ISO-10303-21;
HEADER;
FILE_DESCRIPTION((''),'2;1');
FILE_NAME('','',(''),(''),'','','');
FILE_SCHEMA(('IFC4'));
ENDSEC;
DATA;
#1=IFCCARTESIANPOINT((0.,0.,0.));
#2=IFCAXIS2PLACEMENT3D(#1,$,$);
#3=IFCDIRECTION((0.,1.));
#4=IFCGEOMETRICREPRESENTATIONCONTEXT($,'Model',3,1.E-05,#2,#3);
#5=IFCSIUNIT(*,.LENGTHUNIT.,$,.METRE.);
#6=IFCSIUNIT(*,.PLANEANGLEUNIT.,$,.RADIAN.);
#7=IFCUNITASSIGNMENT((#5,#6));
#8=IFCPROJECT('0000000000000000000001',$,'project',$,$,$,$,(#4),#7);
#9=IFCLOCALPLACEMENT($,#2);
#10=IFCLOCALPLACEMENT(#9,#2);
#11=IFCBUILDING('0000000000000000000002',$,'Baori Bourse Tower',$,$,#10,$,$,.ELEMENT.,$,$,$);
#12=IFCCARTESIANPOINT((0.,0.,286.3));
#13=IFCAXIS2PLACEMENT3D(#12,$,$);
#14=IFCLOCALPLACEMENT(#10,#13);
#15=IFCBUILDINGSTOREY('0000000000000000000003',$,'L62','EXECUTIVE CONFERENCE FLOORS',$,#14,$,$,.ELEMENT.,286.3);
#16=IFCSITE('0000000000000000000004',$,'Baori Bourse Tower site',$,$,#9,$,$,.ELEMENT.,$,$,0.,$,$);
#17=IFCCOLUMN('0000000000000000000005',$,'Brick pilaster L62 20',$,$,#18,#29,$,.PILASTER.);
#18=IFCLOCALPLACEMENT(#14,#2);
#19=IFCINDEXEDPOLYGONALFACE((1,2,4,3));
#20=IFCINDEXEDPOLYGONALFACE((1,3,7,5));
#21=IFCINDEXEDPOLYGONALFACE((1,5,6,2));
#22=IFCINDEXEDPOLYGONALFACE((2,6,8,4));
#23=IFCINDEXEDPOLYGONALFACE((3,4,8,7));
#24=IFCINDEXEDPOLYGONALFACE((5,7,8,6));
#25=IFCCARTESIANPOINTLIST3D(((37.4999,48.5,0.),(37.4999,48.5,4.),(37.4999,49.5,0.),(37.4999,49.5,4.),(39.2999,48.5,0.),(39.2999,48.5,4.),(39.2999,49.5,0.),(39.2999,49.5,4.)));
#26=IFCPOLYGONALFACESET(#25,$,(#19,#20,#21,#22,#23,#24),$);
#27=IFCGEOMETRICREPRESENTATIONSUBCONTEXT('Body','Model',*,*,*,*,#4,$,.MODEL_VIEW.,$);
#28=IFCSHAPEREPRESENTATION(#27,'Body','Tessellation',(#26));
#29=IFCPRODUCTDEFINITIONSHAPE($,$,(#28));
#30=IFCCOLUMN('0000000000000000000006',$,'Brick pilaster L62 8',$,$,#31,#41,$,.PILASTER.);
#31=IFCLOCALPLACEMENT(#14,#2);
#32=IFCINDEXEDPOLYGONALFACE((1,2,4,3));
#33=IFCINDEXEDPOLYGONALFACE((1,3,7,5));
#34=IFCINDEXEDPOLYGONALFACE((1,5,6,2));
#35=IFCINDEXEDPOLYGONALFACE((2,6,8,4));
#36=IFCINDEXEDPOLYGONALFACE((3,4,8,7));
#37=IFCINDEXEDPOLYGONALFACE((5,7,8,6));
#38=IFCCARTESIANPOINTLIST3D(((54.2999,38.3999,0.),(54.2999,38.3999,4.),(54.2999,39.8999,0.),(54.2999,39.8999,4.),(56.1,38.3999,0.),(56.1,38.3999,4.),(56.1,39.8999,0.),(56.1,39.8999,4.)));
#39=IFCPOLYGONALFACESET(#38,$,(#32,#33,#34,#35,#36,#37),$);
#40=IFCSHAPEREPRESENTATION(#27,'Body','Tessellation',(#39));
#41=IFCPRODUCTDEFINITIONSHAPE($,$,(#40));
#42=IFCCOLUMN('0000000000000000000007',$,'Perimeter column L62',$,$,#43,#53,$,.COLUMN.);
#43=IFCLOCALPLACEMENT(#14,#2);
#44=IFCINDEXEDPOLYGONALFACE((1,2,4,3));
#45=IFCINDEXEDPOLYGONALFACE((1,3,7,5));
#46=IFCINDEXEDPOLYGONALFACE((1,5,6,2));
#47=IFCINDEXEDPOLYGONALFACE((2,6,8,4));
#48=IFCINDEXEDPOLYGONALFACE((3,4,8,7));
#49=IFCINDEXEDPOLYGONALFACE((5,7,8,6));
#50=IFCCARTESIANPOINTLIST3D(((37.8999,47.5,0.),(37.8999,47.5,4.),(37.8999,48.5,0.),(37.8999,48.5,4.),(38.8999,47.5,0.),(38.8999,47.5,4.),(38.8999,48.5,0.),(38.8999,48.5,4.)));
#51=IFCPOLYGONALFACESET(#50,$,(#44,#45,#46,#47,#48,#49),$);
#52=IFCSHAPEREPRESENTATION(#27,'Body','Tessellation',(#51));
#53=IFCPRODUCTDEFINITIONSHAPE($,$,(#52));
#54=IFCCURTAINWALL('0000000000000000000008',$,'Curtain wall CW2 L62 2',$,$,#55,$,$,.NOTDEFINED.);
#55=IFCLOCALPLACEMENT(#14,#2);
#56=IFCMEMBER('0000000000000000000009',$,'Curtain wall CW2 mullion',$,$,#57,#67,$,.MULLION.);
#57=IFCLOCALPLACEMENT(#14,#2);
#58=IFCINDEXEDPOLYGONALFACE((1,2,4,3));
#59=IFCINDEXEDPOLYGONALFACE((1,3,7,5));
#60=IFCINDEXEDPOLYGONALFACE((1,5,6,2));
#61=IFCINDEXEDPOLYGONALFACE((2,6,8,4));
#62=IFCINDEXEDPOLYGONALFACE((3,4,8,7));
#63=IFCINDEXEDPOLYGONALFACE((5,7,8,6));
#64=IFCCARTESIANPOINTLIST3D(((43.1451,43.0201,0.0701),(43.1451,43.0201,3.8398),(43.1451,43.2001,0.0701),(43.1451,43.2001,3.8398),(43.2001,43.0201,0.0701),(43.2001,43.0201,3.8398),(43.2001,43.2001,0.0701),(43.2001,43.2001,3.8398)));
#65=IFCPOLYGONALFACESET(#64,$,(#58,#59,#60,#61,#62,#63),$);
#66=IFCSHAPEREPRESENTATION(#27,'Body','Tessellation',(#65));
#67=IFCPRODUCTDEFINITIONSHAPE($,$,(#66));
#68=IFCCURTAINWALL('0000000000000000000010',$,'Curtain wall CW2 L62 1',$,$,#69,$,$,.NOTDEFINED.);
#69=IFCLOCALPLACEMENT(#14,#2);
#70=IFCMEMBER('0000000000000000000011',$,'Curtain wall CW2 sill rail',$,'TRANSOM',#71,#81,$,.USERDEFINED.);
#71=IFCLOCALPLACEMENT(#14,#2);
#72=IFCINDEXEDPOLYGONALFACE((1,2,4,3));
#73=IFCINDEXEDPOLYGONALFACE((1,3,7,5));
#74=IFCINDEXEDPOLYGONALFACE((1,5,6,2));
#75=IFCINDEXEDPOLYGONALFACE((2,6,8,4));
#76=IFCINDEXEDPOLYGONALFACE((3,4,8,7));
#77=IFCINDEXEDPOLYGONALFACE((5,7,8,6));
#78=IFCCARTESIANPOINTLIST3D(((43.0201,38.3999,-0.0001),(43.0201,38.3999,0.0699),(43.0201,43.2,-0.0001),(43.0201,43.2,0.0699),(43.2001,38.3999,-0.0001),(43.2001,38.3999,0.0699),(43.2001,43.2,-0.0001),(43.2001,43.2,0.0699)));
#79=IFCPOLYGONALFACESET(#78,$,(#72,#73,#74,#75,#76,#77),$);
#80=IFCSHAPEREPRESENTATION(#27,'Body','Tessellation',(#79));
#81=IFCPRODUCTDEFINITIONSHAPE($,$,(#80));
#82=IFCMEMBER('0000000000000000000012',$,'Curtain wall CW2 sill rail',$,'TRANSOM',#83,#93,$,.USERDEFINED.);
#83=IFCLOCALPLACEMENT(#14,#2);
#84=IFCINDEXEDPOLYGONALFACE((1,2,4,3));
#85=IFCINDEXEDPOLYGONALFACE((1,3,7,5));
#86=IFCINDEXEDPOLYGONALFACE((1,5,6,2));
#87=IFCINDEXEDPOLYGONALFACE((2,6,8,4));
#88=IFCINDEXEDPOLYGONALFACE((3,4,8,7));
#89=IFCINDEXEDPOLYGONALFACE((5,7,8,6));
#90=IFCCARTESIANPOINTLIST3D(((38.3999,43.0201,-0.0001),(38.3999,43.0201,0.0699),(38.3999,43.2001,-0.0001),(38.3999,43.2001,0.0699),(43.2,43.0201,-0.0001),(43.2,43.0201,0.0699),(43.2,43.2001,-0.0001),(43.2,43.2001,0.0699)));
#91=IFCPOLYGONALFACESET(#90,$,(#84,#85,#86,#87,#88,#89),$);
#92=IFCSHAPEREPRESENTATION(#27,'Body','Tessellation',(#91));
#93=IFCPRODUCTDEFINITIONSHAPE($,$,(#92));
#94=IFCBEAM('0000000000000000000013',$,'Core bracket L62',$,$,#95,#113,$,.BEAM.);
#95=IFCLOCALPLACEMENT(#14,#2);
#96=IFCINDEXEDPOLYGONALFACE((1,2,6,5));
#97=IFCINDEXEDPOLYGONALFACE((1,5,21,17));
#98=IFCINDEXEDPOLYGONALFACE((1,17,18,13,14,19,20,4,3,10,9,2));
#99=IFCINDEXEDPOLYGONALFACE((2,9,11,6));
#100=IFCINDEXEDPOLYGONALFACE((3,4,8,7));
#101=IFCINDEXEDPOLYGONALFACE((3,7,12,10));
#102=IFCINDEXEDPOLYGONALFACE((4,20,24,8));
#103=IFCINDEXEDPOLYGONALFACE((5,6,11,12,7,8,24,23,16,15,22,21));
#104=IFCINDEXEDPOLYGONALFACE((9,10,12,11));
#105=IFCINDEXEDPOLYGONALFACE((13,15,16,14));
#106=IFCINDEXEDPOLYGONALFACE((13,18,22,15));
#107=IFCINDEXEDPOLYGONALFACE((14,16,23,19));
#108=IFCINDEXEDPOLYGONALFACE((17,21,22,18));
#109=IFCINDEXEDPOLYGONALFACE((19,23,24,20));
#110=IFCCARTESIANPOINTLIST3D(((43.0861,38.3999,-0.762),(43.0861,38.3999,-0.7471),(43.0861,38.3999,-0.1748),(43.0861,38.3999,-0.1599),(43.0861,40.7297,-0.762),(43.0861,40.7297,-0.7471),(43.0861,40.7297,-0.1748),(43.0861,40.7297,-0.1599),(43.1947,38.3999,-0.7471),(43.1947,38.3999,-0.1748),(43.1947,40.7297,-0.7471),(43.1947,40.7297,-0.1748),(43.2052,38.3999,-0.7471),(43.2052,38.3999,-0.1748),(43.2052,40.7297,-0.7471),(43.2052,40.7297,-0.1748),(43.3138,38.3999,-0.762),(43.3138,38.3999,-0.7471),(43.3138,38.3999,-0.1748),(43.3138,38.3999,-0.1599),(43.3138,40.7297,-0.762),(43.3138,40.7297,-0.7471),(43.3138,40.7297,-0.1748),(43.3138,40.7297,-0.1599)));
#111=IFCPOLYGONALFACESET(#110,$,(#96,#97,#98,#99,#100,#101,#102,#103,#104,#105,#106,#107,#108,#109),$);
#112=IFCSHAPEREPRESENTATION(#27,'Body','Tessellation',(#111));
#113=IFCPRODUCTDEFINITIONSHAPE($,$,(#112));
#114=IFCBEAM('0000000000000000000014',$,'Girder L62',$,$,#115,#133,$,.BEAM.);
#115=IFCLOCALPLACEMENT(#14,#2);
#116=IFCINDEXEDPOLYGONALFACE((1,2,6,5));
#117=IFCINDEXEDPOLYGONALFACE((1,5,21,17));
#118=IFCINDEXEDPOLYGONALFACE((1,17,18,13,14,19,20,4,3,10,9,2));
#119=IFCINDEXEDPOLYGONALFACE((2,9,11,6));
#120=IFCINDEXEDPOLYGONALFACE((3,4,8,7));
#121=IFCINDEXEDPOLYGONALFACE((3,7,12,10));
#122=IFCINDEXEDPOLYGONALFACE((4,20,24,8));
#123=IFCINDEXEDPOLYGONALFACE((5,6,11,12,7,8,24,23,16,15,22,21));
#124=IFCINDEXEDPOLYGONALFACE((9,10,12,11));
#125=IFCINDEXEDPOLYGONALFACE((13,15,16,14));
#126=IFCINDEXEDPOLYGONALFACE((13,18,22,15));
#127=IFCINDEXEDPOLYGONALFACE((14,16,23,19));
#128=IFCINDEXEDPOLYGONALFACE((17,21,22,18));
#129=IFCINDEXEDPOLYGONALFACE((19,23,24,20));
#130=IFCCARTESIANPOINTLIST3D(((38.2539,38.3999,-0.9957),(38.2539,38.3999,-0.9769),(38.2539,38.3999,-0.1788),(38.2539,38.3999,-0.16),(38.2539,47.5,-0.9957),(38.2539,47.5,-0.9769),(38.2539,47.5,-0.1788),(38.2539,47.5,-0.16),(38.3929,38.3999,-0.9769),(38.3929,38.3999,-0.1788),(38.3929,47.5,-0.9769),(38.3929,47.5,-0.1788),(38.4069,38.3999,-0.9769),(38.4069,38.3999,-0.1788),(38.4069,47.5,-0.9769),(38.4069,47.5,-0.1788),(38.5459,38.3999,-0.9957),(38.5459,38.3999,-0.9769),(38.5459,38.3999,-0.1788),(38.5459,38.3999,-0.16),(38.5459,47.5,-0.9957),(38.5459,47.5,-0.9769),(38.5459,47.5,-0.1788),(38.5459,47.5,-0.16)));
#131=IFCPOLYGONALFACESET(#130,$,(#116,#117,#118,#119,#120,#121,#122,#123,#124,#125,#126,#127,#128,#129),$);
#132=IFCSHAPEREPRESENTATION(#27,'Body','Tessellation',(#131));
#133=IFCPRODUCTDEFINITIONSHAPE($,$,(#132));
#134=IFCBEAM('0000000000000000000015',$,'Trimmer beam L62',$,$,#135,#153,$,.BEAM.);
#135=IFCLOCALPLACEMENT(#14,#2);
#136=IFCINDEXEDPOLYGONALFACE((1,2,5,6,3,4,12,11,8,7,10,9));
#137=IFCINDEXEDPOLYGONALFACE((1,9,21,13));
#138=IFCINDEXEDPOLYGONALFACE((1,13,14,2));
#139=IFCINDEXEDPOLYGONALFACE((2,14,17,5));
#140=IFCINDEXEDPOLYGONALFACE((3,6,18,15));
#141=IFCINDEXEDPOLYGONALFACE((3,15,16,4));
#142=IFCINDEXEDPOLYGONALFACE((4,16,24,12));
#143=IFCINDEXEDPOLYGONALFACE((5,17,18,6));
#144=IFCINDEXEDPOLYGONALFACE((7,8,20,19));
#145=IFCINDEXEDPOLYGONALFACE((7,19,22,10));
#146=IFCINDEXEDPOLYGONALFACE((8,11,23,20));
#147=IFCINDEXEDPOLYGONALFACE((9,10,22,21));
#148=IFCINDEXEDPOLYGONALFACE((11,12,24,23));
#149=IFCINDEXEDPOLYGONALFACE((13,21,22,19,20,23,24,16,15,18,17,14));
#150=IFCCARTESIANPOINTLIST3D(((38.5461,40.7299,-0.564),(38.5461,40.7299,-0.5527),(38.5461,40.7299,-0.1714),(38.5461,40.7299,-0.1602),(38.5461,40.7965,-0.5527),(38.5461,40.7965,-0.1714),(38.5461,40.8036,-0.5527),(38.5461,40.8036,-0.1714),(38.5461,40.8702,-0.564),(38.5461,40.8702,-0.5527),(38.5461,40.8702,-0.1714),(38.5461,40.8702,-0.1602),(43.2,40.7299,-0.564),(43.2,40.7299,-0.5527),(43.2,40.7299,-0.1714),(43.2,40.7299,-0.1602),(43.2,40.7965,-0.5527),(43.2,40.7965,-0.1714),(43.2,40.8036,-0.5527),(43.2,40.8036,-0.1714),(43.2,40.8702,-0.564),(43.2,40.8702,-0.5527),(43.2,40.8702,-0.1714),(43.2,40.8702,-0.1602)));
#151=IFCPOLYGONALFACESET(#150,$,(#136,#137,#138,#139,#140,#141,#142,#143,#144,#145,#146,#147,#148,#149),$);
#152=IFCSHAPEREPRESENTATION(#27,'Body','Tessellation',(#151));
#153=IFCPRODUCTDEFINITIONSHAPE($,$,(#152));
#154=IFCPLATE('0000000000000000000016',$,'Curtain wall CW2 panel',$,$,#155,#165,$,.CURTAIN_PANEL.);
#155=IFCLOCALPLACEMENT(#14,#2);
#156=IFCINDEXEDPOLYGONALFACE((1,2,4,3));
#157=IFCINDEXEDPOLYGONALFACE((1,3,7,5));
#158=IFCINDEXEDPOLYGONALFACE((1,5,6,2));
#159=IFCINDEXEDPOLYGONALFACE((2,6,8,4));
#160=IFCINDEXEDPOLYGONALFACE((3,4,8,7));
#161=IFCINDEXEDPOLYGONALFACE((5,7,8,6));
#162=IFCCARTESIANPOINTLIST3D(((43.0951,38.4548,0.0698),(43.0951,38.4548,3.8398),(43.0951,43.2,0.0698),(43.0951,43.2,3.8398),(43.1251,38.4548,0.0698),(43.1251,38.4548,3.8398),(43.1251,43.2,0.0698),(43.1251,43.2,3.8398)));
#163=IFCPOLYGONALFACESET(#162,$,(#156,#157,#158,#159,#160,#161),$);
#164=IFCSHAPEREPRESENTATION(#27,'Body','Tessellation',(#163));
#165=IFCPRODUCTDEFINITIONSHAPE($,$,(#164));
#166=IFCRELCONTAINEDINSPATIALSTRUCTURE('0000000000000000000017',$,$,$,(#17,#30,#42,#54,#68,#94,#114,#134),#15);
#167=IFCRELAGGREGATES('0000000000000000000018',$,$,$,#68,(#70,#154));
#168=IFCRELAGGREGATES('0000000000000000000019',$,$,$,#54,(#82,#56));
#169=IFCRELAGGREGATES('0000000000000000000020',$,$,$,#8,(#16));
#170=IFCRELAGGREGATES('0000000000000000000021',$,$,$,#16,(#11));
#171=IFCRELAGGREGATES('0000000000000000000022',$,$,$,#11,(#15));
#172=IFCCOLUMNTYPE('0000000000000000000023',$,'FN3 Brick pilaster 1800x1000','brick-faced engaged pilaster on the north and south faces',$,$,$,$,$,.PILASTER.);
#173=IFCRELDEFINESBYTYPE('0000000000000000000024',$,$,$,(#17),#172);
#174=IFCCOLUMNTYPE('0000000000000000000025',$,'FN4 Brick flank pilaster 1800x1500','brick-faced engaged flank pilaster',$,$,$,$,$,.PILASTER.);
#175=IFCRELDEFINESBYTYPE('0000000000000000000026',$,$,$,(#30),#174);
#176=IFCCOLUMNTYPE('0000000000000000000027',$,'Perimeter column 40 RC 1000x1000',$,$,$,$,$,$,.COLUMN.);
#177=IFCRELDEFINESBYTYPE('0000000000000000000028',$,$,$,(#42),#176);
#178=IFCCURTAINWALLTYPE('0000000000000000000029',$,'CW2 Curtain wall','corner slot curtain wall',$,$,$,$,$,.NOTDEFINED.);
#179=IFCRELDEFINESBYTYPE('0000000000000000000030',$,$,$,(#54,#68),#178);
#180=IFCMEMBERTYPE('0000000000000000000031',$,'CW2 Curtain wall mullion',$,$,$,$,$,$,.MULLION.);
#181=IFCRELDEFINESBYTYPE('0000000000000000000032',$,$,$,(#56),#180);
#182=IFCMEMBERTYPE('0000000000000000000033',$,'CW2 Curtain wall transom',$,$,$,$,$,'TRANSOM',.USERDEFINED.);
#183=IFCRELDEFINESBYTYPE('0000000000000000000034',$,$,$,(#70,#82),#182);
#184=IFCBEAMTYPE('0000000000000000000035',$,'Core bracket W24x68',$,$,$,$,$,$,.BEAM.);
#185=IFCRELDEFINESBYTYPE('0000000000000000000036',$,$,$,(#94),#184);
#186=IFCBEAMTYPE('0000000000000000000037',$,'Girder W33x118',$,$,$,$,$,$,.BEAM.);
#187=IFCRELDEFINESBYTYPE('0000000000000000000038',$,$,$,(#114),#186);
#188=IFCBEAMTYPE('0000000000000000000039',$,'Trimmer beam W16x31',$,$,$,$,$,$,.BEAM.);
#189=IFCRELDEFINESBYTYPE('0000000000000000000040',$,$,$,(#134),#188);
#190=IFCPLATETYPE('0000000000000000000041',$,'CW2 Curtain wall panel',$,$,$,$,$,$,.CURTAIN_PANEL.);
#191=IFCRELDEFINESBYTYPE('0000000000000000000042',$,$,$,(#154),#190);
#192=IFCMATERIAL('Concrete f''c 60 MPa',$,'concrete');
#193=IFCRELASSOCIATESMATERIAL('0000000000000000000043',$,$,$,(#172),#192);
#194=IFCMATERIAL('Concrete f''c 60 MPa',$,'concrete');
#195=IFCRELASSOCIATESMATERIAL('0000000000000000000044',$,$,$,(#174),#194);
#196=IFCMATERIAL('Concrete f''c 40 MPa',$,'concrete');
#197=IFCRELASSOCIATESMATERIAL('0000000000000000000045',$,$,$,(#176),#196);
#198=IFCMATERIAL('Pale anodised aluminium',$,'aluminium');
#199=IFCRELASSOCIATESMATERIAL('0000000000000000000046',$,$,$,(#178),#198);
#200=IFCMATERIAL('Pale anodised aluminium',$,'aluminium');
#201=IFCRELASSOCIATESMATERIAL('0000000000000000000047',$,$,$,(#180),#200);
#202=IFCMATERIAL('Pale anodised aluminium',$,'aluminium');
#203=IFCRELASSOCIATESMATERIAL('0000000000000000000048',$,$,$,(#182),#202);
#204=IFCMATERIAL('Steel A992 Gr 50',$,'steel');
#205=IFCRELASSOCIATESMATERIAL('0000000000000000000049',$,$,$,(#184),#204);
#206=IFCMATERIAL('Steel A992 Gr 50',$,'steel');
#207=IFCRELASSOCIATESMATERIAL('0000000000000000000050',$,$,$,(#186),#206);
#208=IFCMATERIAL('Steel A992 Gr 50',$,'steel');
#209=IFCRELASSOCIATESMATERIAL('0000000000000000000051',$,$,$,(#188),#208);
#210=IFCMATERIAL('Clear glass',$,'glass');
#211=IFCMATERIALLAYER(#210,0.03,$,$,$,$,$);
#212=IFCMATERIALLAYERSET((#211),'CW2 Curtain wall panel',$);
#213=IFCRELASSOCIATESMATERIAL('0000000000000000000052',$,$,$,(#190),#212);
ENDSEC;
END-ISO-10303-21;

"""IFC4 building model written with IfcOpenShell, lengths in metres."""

from ifc_helpers import new_model, si_unit, direction, frame, origin, origin_2d, place, context, subcontext, project, spatial, rectangle, i_section, extrude, material, layer, layer_set, material_profile, profile_set, type_object, element, aggregate, save


model = new_model("IFC4")

# Units and contexts
model_context = context("Model", 3, precision=1e-05, world=origin(), true_north=direction((0.0, 1.0)))
body_context = subcontext(model_context, "Body", "Model", "MODEL_VIEW")
ifc_project = project(units=[si_unit("LENGTHUNIT", "METRE"), si_unit("PLANEANGLEUNIT", "RADIAN")], contexts=[model_context])

# Site, building, storey
site_placement = place(None, origin())
site = spatial("IfcSite", under=ifc_project, at=site_placement, Name="Baori Bourse Tower site", CompositionType="ELEMENT", RefElevation=0.0)
building_placement = place(site_placement, origin())
building = spatial("IfcBuilding", under=site, at=building_placement, Name="Baori Bourse Tower", CompositionType="ELEMENT")
storey_placement = place(building_placement, frame((0.0, 0.0, 286.3)))
storey = spatial("IfcBuildingStorey", under=building, at=storey_placement, Name="L62", Description="EXECUTIVE CONFERENCE FLOORS", CompositionType="ELEMENT", Elevation=286.3)

# Columns
ifc_material_1 = material(Name="Concrete f'c 60 MPa", Category="concrete")
ifc_material_profile_1 = material_profile(ifc_material_1, rectangle(XDim=1.8, YDim=1.0, at=origin_2d()), Name="RC 1800x1000")
ifc_profile_set_1 = profile_set([ifc_material_profile_1], Name="Concrete f'c 60 MPa")
column_type_1 = type_object("IfcColumnType", Name="FN3 Brick pilaster 1800x1000", Description="brick-faced engaged pilaster on the north and south faces", PredefinedType="PILASTER", material=ifc_profile_set_1)
column_1_placement = place(storey_placement, frame((38.3999, 49.0, 0.0), z_axis=(0.0, 0.0, 1.0), x_axis=(1.0, 0.0, 0.0)))
element("IfcColumn", 1, at=column_1_placement, inside=storey, type_object=column_type_1, Name="Brick pilaster L62 20", PredefinedType="PILASTER", context=body_context, shape_type="SweptSolid", body=[
    extrude(rectangle(XDim=1.8, YDim=1.0, at=origin_2d()), origin(), (0.0, 0.0, 1.0), 4.0),
])
ifc_material_2 = material(Name="Concrete f'c 60 MPa", Category="concrete")
ifc_material_profile_2 = material_profile(ifc_material_2, rectangle(XDim=1.8, YDim=1.5, at=origin_2d()), Name="RC 1800x1500")
ifc_profile_set_2 = profile_set([ifc_material_profile_2], Name="Concrete f'c 60 MPa")
column_type_2 = type_object("IfcColumnType", Name="FN4 Brick flank pilaster 1800x1500", Description="brick-faced engaged flank pilaster", PredefinedType="PILASTER", material=ifc_profile_set_2)
column_2_placement = place(storey_placement, frame((55.2, 39.1499, 0.0), z_axis=(0.0, 0.0, 1.0), x_axis=(1.0, 0.0, 0.0)))
element("IfcColumn", 2, at=column_2_placement, inside=storey, type_object=column_type_2, Name="Brick pilaster L62 8", PredefinedType="PILASTER", context=body_context, shape_type="SweptSolid", body=[
    extrude(rectangle(XDim=1.8, YDim=1.5, at=origin_2d()), origin(), (0.0, 0.0, 1.0), 4.0),
])
ifc_material_3 = material(Name="Concrete f'c 40 MPa", Category="concrete")
ifc_material_profile_3 = material_profile(ifc_material_3, rectangle(XDim=1.0, YDim=1.0, at=origin_2d()), Name="RC 1000x1000")
ifc_profile_set_3 = profile_set([ifc_material_profile_3], Name="Concrete f'c 40 MPa")
column_type_3 = type_object("IfcColumnType", Name="Perimeter column 40 RC 1000x1000", PredefinedType="COLUMN", material=ifc_profile_set_3)
column_3_placement = place(storey_placement, frame((38.3999, 48.0, 0.0), z_axis=(0.0, 0.0, 1.0), x_axis=(1.0, 0.0, 0.0)))
element("IfcColumn", 3, at=column_3_placement, inside=storey, type_object=column_type_3, Name="Perimeter column L62", PredefinedType="COLUMN", context=body_context, shape_type="SweptSolid", body=[
    extrude(rectangle(XDim=1.0, YDim=1.0, at=origin_2d()), origin(), (0.0, 0.0, 1.0), 4.0),
])

# Curtain walls, members
ifc_material_4 = material(Name="Pale anodised aluminium", Category="aluminium")
curtain_wall_type = type_object("IfcCurtainWallType", Name="CW2 Curtain wall", Description="corner slot curtain wall", PredefinedType="NOTDEFINED", material=ifc_material_4)
curtain_wall_1_placement = place(storey_placement, origin())
curtain_wall_1 = element("IfcCurtainWall", 4, at=curtain_wall_1_placement, inside=storey, type_object=curtain_wall_type, Name="Curtain wall CW2 L62 2", PredefinedType="NOTDEFINED")
ifc_material_5 = material(Name="Pale anodised aluminium", Category="aluminium")
ifc_material_profile_4 = material_profile(ifc_material_5, rectangle(XDim=0.1799, YDim=0.0549, at=origin_2d()), Name="Mullion 55x180")
ifc_profile_set_4 = profile_set([ifc_material_profile_4], Name="Pale anodised aluminium")
member_type_1 = type_object("IfcMemberType", Name="CW2 Curtain wall mullion", PredefinedType="MULLION", material=ifc_profile_set_4)
member_1_placement = place(storey_placement, frame((43.1726, 43.1101, 0.0701), z_axis=(0.0, 0.0, 1.0), x_axis=(0.0, -1.0, 0.0)))
member_1 = element("IfcMember", 5, at=member_1_placement, type_object=member_type_1, Name="Curtain wall CW2 mullion", PredefinedType="MULLION", context=body_context, shape_type="SweptSolid", body=[
    extrude(rectangle(XDim=0.1799, YDim=0.0549, at=origin_2d()), origin(), (0.0, 0.0, 1.0), 3.7698),
])
curtain_wall_2_placement = place(storey_placement, origin())
curtain_wall_2 = element("IfcCurtainWall", 6, at=curtain_wall_2_placement, inside=storey, type_object=curtain_wall_type, Name="Curtain wall CW2 L62 1", PredefinedType="NOTDEFINED")
ifc_material_6 = material(Name="Pale anodised aluminium", Category="aluminium")
ifc_material_profile_5 = material_profile(ifc_material_6, rectangle(XDim=0.1799, YDim=0.0701, at=origin_2d()), Name="Transom 70x180")
ifc_profile_set_5 = profile_set([ifc_material_profile_5], Name="Pale anodised aluminium")
member_type_2 = type_object("IfcMemberType", Name="CW2 Curtain wall transom", ElementType="TRANSOM", PredefinedType="USERDEFINED", material=ifc_profile_set_5)
member_2_placement = place(storey_placement, frame((43.1101, 38.3999, 0.0349), z_axis=(0.0, 1.0, 0.0), x_axis=(-1.0, 0.0, 0.0)))
member_2 = element("IfcMember", 7, at=member_2_placement, type_object=member_type_2, Name="Curtain wall CW2 sill rail", ObjectType="TRANSOM", PredefinedType="USERDEFINED", context=body_context, shape_type="SweptSolid", body=[
    extrude(rectangle(XDim=0.1799, YDim=0.0701, at=origin_2d()), origin(), (0.0, 0.0, 1.0), 4.8),
])

# Member
member_3_placement = place(storey_placement, frame((43.2, 43.1101, 0.0349), z_axis=(-1.0, 0.0, 0.0), x_axis=(0.0, -1.0, 0.0)))
member_3 = element("IfcMember", 8, at=member_3_placement, type_object=member_type_2, Name="Curtain wall CW2 sill rail", ObjectType="TRANSOM", PredefinedType="USERDEFINED", context=body_context, shape_type="SweptSolid", body=[
    extrude(rectangle(XDim=0.1799, YDim=0.0701, at=origin_2d()), origin(), (0.0, 0.0, 1.0), 4.8),
])

# Beams
ifc_material_7 = material(Name="Steel A992 Gr 50", Category="steel")
ifc_material_profile_6 = material_profile(ifc_material_7, i_section(OverallWidth=0.2278, OverallDepth=0.6021, WebThickness=0.0105, FlangeThickness=0.0149, at=origin_2d()), Name="W24x68")
ifc_profile_set_6 = profile_set([ifc_material_profile_6], Name="Steel A992 Gr 50")
beam_type_1 = type_object("IfcBeamType", Name="Core bracket W24x68", PredefinedType="BEAM", material=ifc_profile_set_6)
beam_1_placement = place(storey_placement, frame((43.2, 38.3999, -0.4609), z_axis=(0.0, 1.0, 0.0), x_axis=(-1.0, 0.0, 0.0)))
element("IfcBeam", 9, at=beam_1_placement, inside=storey, type_object=beam_type_1, Name="Core bracket L62", PredefinedType="BEAM", context=body_context, shape_type="SweptSolid", body=[
    extrude(i_section(OverallWidth=0.2278, OverallDepth=0.6021, WebThickness=0.0105, FlangeThickness=0.0149, at=origin_2d()), origin(), (0.0, 0.0, 1.0), 2.3298),
])
ifc_material_8 = material(Name="Steel A992 Gr 50", Category="steel")
ifc_material_profile_7 = material_profile(ifc_material_8, i_section(OverallWidth=0.292, OverallDepth=0.8357, WebThickness=0.0139, FlangeThickness=0.0188, at=origin_2d()), Name="W33x118")
ifc_profile_set_7 = profile_set([ifc_material_profile_7], Name="Steel A992 Gr 50")
beam_type_2 = type_object("IfcBeamType", Name="Girder W33x118", PredefinedType="BEAM", material=ifc_profile_set_7)
beam_2_placement = place(storey_placement, frame((38.3999, 38.3999, -0.5779), z_axis=(0.0, 1.0, 0.0), x_axis=(-1.0, 0.0, 0.0)))
element("IfcBeam", 10, at=beam_2_placement, inside=storey, type_object=beam_type_2, Name="Girder L62", PredefinedType="BEAM", context=body_context, shape_type="SweptSolid", body=[
    extrude(i_section(OverallWidth=0.292, OverallDepth=0.8357, WebThickness=0.0139, FlangeThickness=0.0188, at=origin_2d()), origin(), (0.0, 0.0, 1.0), 9.1001),
])
ifc_material_9 = material(Name="Steel A992 Gr 50", Category="steel")
ifc_material_profile_8 = material_profile(ifc_material_9, i_section(OverallWidth=0.1404, OverallDepth=0.4038, WebThickness=0.0071, FlangeThickness=0.0112, at=origin_2d()), Name="W16x31")
ifc_profile_set_8 = profile_set([ifc_material_profile_8], Name="Steel A992 Gr 50")
beam_type_3 = type_object("IfcBeamType", Name="Trimmer beam W16x31", PredefinedType="BEAM", material=ifc_profile_set_8)
beam_3_placement = place(storey_placement, frame((38.5461, 40.8, -0.3621), z_axis=(1.0, 0.0, 0.0), x_axis=(0.0, 1.0, 0.0)))
element("IfcBeam", 11, at=beam_3_placement, inside=storey, type_object=beam_type_3, Name="Trimmer beam L62", PredefinedType="BEAM", context=body_context, shape_type="SweptSolid", body=[
    extrude(i_section(OverallWidth=0.1404, OverallDepth=0.4038, WebThickness=0.0071, FlangeThickness=0.0112, at=origin_2d()), origin(), (0.0, 0.0, 1.0), 4.6538),
])

# Plate
ifc_material_10 = material(Name="Clear glass", Category="glass")
ifc_layer_1 = layer(ifc_material_10, 0.03)
ifc_layer_set_1 = layer_set([ifc_layer_1], Name="CW2 Curtain wall panel")
plate_type = type_object("IfcPlateType", Name="CW2 Curtain wall panel", PredefinedType="CURTAIN_PANEL", material=ifc_layer_set_1)
plate_1_placement = place(storey_placement, frame((43.1101, 40.8274, 0.0698), z_axis=(0.0, 0.0, 1.0), x_axis=(0.0, 1.0, 0.0)))
plate_1 = element("IfcPlate", 12, at=plate_1_placement, type_object=plate_type, Name="Curtain wall CW2 panel", PredefinedType="CURTAIN_PANEL", context=body_context, shape_type="SweptSolid", body=[
    extrude(rectangle(XDim=4.7451, YDim=0.03, at=origin_2d()), origin(), (0.0, 0.0, 1.0), 3.77),
])
aggregate(curtain_wall_2, [member_2, plate_1])
aggregate(curtain_wall_1, [member_3, member_1])

save(model, "model.ifc")
